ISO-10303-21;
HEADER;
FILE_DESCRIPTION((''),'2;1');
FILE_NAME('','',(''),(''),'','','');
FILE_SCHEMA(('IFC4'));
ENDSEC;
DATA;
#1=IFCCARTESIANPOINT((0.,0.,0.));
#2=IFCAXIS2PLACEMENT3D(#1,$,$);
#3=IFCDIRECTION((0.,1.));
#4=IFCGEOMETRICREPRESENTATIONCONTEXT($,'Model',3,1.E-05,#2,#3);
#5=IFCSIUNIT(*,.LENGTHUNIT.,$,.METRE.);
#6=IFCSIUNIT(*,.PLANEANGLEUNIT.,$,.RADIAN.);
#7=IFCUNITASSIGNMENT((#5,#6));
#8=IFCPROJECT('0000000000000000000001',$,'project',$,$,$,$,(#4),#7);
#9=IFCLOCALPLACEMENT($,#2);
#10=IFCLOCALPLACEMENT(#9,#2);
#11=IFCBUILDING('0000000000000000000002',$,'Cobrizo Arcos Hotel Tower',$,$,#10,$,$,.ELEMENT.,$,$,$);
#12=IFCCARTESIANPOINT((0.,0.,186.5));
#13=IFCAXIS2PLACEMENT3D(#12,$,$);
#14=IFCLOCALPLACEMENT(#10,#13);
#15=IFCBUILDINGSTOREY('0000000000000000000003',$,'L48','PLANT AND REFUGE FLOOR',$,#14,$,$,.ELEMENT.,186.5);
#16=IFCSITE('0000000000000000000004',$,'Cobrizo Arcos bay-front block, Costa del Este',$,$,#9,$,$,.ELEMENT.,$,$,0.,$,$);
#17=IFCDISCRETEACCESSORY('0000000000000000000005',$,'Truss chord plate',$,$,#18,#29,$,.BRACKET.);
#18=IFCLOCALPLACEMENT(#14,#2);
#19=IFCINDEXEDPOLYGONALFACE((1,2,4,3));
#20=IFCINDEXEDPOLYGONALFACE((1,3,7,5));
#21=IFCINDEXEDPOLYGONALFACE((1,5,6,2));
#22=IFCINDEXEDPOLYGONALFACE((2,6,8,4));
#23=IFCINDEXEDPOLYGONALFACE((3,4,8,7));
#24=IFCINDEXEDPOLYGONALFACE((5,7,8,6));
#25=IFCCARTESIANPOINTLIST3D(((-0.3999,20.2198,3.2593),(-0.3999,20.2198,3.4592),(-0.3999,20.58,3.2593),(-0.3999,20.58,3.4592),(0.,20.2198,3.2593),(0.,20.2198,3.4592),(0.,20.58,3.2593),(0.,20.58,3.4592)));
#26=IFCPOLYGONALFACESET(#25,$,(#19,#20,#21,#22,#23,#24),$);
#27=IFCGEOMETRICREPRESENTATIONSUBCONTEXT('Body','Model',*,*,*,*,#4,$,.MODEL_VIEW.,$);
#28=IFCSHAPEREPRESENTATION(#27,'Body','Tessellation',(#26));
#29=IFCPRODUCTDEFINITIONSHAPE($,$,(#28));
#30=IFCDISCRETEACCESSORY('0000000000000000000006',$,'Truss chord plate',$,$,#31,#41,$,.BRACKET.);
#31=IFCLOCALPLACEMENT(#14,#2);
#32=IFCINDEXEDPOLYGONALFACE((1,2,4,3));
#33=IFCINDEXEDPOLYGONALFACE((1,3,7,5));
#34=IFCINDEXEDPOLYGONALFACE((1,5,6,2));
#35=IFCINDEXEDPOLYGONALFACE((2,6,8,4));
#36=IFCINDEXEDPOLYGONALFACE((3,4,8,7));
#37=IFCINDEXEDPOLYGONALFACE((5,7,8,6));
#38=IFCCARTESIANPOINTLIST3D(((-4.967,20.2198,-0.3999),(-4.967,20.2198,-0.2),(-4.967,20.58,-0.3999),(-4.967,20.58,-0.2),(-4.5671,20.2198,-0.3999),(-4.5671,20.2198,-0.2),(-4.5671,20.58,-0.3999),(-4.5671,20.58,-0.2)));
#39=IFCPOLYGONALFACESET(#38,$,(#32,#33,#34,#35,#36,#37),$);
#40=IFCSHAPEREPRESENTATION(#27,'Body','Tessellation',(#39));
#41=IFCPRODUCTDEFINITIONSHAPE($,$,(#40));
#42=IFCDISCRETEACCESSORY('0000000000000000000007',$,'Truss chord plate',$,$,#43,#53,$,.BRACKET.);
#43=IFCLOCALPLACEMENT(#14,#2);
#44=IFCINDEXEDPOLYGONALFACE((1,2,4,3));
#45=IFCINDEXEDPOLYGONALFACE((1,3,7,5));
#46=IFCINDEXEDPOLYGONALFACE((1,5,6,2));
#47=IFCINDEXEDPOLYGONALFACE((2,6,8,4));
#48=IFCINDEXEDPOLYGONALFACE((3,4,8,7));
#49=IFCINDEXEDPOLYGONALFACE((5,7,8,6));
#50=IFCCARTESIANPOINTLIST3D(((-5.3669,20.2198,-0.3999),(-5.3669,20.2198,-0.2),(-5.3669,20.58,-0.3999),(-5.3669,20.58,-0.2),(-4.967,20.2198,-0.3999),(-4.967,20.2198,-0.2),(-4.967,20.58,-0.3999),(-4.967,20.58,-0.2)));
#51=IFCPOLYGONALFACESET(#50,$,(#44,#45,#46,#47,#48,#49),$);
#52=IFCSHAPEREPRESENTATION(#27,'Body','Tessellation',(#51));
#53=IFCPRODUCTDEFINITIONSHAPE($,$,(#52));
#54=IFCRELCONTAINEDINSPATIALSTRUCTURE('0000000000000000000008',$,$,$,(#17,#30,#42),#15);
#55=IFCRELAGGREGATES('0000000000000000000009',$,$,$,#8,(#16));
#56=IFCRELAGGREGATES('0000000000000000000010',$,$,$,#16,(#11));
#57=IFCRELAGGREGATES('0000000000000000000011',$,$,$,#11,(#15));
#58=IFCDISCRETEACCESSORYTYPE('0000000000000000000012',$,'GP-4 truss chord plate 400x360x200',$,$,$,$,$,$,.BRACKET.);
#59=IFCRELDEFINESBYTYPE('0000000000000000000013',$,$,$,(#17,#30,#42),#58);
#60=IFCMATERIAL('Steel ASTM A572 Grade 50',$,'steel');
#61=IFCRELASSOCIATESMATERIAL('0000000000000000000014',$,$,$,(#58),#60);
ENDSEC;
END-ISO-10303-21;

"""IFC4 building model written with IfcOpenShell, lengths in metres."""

from ifc_helpers import new_model, si_unit, direction, frame, origin, origin_2d, place, context, subcontext, project, spatial, rectangle, extrude, material, type_object, element, save


model = new_model("IFC4")

# Units and contexts
model_context = context("Model", 3, precision=1e-05, world=origin(), true_north=direction((0.0, 1.0)))
body_context = subcontext(model_context, "Body", "Model", "MODEL_VIEW")
ifc_project = project(units=[si_unit("LENGTHUNIT", "METRE"), si_unit("PLANEANGLEUNIT", "RADIAN")], contexts=[model_context])

# Site, building, storey
site_placement = place(None, origin())
site = spatial("IfcSite", under=ifc_project, at=site_placement, Name="Cobrizo Arcos bay-front block, Costa del Este", CompositionType="ELEMENT", RefElevation=0.0)
building_placement = place(site_placement, origin())
building = spatial("IfcBuilding", under=site, at=building_placement, Name="Cobrizo Arcos Hotel Tower", CompositionType="ELEMENT")
storey_placement = place(building_placement, frame((0.0, 0.0, 186.5)))
storey = spatial("IfcBuildingStorey", under=building, at=storey_placement, Name="L48", Description="PLANT AND REFUGE FLOOR", CompositionType="ELEMENT", Elevation=186.5)

# Shared definitions
ifc_material_1 = material(Name="Steel ASTM A572 Grade 50", Category="steel")

# Discrete accessories
discrete_accessory_type_1 = type_object("IfcDiscreteAccessoryType", Name="GP-4 truss chord plate 400x360x200", PredefinedType="BRACKET", material=ifc_material_1)
for number, where, z_axis, x_axis, name in (
    (1, (-0.2, 20.3999, 3.2593), (0.0, 0.0, 1.0), (-1.0, 0.0, 0.0), "Truss chord plate"),
    (2, (-4.7671, 20.3999, -0.3999), (0.0, 0.0, 1.0), (-1.0, 0.0, 0.0), "Truss chord plate"),
    (3, (-5.167, 20.3999, -0.3999), (0.0, 0.0, 1.0), (-1.0, 0.0, 0.0), "Truss chord plate"),
):
    element("IfcDiscreteAccessory", number, at=place(storey_placement, frame(where, z_axis=z_axis, x_axis=x_axis)), inside=storey, type_object=discrete_accessory_type_1, Name=name, PredefinedType="BRACKET", context=body_context, shape_type="SweptSolid", body=[
        extrude(rectangle(XDim=0.3999, YDim=0.3601, at=origin_2d()), origin(), (0.0, 0.0, 1.0), 0.2),
    ])

save(model, "model.ifc")
